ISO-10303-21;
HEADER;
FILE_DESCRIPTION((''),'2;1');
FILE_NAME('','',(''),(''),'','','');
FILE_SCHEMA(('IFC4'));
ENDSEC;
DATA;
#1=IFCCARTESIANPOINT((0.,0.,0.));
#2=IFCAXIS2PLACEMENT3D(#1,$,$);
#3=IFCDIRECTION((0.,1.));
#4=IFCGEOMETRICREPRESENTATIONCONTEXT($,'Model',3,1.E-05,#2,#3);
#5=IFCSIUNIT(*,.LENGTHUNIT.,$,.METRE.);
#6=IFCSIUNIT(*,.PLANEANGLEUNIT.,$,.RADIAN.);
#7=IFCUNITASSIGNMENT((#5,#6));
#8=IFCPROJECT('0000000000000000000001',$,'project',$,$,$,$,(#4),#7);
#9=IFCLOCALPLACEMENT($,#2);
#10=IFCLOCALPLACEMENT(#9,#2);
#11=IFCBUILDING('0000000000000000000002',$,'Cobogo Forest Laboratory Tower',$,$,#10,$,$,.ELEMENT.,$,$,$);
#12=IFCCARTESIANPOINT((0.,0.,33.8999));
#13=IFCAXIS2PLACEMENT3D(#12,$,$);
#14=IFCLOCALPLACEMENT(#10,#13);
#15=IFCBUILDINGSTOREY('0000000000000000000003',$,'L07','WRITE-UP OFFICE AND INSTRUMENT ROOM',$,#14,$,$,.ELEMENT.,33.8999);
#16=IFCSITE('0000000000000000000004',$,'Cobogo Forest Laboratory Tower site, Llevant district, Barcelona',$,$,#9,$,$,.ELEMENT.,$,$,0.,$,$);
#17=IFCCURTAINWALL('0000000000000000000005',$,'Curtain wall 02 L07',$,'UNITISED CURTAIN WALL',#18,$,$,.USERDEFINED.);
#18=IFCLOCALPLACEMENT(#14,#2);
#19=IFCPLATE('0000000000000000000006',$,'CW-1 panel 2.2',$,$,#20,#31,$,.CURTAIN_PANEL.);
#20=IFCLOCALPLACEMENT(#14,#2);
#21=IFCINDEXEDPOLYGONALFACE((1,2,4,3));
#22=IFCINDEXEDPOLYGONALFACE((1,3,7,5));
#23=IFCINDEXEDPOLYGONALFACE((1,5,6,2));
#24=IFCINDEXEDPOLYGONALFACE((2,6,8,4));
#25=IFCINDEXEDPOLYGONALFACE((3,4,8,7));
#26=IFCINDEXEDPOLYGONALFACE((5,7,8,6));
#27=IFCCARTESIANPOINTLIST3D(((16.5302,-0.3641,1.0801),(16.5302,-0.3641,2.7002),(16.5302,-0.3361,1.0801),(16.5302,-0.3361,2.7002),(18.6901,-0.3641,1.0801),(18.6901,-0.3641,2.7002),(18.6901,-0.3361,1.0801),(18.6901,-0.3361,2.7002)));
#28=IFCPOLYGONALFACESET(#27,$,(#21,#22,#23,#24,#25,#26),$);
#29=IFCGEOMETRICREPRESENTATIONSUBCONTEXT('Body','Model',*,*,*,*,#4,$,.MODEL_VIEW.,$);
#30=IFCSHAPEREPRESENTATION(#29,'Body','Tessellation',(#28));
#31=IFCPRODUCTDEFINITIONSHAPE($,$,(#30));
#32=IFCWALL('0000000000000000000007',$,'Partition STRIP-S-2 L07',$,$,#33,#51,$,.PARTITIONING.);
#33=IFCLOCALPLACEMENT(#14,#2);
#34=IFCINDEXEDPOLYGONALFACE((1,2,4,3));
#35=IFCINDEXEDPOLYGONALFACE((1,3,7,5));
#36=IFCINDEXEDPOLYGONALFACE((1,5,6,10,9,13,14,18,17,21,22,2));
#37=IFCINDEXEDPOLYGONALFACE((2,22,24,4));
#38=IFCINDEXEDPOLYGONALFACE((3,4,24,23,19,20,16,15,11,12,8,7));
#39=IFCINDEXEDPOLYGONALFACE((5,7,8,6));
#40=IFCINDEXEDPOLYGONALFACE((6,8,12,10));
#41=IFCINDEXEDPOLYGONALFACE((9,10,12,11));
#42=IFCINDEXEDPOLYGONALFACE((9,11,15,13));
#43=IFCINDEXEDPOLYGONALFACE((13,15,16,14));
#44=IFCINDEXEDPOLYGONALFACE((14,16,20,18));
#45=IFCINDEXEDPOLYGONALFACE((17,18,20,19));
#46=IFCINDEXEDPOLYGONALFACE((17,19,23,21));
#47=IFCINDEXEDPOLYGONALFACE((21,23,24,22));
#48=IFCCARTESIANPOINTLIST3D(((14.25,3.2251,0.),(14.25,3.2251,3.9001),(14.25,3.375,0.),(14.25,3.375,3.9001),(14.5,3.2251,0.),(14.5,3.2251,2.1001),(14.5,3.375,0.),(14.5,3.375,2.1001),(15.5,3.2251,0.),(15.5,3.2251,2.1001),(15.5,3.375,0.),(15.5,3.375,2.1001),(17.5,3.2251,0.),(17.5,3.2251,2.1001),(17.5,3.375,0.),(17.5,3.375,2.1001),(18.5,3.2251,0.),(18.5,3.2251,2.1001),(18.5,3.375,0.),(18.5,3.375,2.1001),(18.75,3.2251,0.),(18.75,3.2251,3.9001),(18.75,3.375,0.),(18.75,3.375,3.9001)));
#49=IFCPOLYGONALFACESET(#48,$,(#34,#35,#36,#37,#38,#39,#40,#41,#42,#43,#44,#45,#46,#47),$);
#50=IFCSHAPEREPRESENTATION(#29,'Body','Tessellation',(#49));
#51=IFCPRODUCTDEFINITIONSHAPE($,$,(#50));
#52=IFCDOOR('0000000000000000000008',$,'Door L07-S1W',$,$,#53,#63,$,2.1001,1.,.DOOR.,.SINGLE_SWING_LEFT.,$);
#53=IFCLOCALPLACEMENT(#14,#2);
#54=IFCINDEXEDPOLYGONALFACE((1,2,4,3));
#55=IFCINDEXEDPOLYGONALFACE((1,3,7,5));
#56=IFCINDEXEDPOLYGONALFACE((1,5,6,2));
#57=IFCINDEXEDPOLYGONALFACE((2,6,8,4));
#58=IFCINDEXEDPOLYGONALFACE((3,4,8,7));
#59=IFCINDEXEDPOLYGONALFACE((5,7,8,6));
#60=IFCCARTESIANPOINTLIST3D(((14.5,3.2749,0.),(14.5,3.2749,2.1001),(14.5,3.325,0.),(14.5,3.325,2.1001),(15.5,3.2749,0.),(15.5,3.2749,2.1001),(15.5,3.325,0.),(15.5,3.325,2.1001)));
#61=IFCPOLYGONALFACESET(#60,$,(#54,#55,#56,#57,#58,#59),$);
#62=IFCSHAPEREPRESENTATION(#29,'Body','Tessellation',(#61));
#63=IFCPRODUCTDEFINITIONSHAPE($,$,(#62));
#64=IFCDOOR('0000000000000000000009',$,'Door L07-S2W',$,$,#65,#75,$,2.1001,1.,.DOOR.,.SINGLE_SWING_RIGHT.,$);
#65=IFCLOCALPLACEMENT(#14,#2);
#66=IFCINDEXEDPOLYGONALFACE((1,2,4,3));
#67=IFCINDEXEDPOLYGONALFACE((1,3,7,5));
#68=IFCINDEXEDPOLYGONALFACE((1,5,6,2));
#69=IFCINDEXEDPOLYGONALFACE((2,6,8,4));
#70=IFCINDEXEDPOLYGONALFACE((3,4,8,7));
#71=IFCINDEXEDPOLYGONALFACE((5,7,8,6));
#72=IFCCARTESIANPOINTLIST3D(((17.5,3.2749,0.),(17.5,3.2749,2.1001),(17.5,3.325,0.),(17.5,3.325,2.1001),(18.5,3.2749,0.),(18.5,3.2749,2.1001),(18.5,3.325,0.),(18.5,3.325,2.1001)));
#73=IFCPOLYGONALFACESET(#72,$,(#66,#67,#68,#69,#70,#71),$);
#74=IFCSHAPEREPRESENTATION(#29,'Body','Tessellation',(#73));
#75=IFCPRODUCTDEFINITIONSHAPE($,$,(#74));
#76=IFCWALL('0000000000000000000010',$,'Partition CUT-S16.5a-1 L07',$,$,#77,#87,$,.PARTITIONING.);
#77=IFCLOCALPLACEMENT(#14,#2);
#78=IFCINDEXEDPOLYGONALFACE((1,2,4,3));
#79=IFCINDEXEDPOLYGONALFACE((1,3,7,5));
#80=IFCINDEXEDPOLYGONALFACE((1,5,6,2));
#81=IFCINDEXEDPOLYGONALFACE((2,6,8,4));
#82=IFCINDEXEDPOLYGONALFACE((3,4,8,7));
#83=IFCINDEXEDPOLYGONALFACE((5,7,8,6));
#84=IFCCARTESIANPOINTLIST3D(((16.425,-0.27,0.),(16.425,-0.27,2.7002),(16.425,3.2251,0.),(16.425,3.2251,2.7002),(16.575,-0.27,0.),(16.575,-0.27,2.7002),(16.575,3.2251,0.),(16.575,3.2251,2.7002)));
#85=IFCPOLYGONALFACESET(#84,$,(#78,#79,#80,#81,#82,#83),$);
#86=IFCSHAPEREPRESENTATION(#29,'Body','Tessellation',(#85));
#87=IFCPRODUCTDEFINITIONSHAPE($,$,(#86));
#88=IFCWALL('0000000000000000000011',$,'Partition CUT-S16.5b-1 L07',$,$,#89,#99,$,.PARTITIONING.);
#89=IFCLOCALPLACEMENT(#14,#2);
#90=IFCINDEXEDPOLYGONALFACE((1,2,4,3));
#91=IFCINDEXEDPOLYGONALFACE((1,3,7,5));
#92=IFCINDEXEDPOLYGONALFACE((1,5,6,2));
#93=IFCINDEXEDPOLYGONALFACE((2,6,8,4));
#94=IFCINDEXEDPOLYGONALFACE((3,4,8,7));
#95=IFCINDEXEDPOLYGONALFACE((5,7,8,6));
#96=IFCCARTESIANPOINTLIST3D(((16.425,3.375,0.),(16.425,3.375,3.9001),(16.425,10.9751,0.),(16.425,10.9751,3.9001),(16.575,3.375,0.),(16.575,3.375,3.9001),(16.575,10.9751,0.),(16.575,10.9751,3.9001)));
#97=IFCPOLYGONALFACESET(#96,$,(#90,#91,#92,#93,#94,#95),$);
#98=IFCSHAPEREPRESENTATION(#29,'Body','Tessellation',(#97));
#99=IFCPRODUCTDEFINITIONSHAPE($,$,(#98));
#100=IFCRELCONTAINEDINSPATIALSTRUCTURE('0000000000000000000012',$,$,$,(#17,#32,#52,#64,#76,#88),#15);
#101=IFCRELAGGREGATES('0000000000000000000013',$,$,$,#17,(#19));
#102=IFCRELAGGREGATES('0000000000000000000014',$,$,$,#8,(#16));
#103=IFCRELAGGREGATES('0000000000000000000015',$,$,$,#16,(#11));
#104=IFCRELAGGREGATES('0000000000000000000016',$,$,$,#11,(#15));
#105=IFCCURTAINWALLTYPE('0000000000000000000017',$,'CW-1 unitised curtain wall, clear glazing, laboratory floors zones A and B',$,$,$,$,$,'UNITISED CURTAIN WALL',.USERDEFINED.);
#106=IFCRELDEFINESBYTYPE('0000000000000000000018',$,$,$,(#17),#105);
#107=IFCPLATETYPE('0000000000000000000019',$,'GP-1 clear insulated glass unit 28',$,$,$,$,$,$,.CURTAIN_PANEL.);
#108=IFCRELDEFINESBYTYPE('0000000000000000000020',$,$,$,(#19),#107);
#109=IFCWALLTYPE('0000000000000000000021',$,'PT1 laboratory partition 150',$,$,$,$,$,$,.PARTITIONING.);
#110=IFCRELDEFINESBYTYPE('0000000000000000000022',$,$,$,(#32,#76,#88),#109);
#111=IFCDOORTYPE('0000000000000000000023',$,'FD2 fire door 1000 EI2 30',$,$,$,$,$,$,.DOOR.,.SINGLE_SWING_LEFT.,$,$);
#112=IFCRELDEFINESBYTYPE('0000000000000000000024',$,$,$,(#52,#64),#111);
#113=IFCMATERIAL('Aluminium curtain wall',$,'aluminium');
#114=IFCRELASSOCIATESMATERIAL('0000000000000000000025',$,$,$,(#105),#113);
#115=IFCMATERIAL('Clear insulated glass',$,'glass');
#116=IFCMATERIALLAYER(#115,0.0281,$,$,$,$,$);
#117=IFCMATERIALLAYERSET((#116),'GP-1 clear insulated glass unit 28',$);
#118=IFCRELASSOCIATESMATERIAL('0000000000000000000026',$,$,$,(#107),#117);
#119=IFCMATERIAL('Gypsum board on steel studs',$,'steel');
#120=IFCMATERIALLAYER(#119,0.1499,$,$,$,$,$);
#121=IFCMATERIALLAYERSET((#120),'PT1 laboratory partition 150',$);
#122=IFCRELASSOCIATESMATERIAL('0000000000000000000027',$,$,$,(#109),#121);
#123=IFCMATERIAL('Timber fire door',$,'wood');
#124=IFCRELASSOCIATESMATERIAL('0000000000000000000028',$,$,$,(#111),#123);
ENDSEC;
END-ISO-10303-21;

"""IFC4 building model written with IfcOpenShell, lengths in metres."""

from ifc_helpers import new_model, si_unit, direction, frame, frame_2d, origin, origin_2d, place, context, subcontext, project, spatial, rectangle, extrude, material, layer, layer_set, type_object, element, fill, aggregate, save


model = new_model("IFC4")

# Units and contexts
model_context = context("Model", 3, precision=1e-05, world=origin(), true_north=direction((0.0, 1.0)))
body_context = subcontext(model_context, "Body", "Model", "MODEL_VIEW")
ifc_project = project(units=[si_unit("LENGTHUNIT", "METRE"), si_unit("PLANEANGLEUNIT", "RADIAN")], contexts=[model_context])

# Site, building, storey
site_placement = place(None, origin())
site = spatial("IfcSite", under=ifc_project, at=site_placement, Name="Cobogo Forest Laboratory Tower site, Llevant district, Barcelona", CompositionType="ELEMENT", RefElevation=0.0)
building_placement = place(site_placement, origin())
building = spatial("IfcBuilding", under=site, at=building_placement, Name="Cobogo Forest Laboratory Tower", CompositionType="ELEMENT")
storey_placement = place(building_placement, frame((0.0, 0.0, 33.8999)))
storey = spatial("IfcBuildingStorey", under=building, at=storey_placement, Name="L07", Description="WRITE-UP OFFICE AND INSTRUMENT ROOM", CompositionType="ELEMENT", Elevation=33.8999)

# Curtain wall
ifc_material_1 = material(Name="Aluminium curtain wall", Category="aluminium")
curtain_wall_type = type_object("IfcCurtainWallType", Name="CW-1 unitised curtain wall, clear glazing, laboratory floors zones A and B", ElementType="UNITISED CURTAIN WALL", PredefinedType="USERDEFINED", material=ifc_material_1)
curtain_wall_placement = place(storey_placement, origin())
curtain_wall = element("IfcCurtainWall", 1, at=curtain_wall_placement, inside=storey, type_object=curtain_wall_type, Name="Curtain wall 02 L07", ObjectType="UNITISED CURTAIN WALL", PredefinedType="USERDEFINED")

# Plate
ifc_material_2 = material(Name="Clear insulated glass", Category="glass")
ifc_layer_1 = layer(ifc_material_2, 0.0281)
ifc_layer_set_1 = layer_set([ifc_layer_1], Name="GP-1 clear insulated glass unit 28")
plate_type_1 = type_object("IfcPlateType", Name="GP-1 clear insulated glass unit 28", PredefinedType="CURTAIN_PANEL", material=ifc_layer_set_1)
plate_1_placement = place(storey_placement, frame((17.6101, -0.3501, 1.0801), z_axis=(0.0, 0.0, 1.0), x_axis=(1.0, 0.0, 0.0)))
plate_1 = element("IfcPlate", 2, at=plate_1_placement, type_object=plate_type_1, Name="CW-1 panel 2.2", PredefinedType="CURTAIN_PANEL", context=body_context, shape_type="SweptSolid", body=[
    extrude(rectangle(XDim=2.1599, YDim=0.0281, at=origin_2d()), origin(), (0.0, 0.0, 1.0), 1.6201),
])
aggregate(curtain_wall, [plate_1])

# Wall, openings, doors
ifc_material_3 = material(Name="Gypsum board on steel studs", Category="steel")
ifc_layer_2 = layer(ifc_material_3, 0.1499)
ifc_layer_set_2 = layer_set([ifc_layer_2], Name="PT1 laboratory partition 150")
wall_type = type_object("IfcWallType", Name="PT1 laboratory partition 150", PredefinedType="PARTITIONING", material=ifc_layer_set_2)
wall_1_placement = place(storey_placement, frame((14.25, 3.3, 0.0), z_axis=(0.0, 0.0, 1.0), x_axis=(1.0, 0.0, 0.0)))
wall_1 = element("IfcWall", 3, at=wall_1_placement, inside=storey, type_object=wall_type, Name="Partition STRIP-S-2 L07", PredefinedType="PARTITIONING", context=body_context, shape_type="SweptSolid", body=[
    extrude(rectangle(XDim=4.5, YDim=0.1499, at=frame_2d((2.25, 0.0))), origin(), (0.0, 0.0, 1.0), 3.9001),
])
opening_1_placement = place(wall_1_placement, frame((0.25, 0.0, 0.0)))
opening_1 = element("IfcOpeningElement", 4, at=opening_1_placement, cuts=wall_1, PredefinedType="OPENING", context=body_context, shape_type="SweptSolid", body=[
    extrude(rectangle(XDim=1.0, YDim=2.1001, at=frame_2d((0.5, 1.05))), frame((0.0, 0.085, 0.0), z_axis=(0.0, -1.0, 0.0), x_axis=(1.0, 0.0, 0.0)), (0.0, 0.0, 1.0), 0.1699),
])
opening_2_placement = place(wall_1_placement, frame((3.25, 0.0, 0.0)))
opening_2 = element("IfcOpeningElement", 5, at=opening_2_placement, cuts=wall_1, PredefinedType="OPENING", context=body_context, shape_type="SweptSolid", body=[
    extrude(rectangle(XDim=1.0, YDim=2.1001, at=frame_2d((0.5, 1.05))), frame((0.0, 0.085, 0.0), z_axis=(0.0, -1.0, 0.0), x_axis=(1.0, 0.0, 0.0)), (0.0, 0.0, 1.0), 0.1699),
])
ifc_material_4 = material(Name="Timber fire door", Category="wood")
door_type = type_object("IfcDoorType", Name="FD2 fire door 1000 EI2 30", OperationType="SINGLE_SWING_LEFT", PredefinedType="DOOR", material=ifc_material_4)
door_1_placement = place(opening_1_placement, origin())
door_1 = element("IfcDoor", 6, at=door_1_placement, inside=storey, type_object=door_type, Name="Door L07-S1W", OperationType="SINGLE_SWING_LEFT", OverallHeight=2.1001, OverallWidth=1.0, PredefinedType="DOOR", context=body_context, shape_type="SweptSolid", body=[
    extrude(rectangle(XDim=1.0, YDim=2.1001, at=frame_2d((0.5, 1.05))), frame((0.0, 0.0249, 0.0), z_axis=(0.0, -1.0, 0.0), x_axis=(1.0, 0.0, 0.0)), (0.0, 0.0, 1.0), 0.05),
])
fill(opening_1, door_1)
door_2_placement = place(opening_2_placement, origin())
door_2 = element("IfcDoor", 7, at=door_2_placement, inside=storey, type_object=door_type, Name="Door L07-S2W", OperationType="SINGLE_SWING_RIGHT", OverallHeight=2.1001, OverallWidth=1.0, PredefinedType="DOOR", context=body_context, shape_type="SweptSolid", body=[
    extrude(rectangle(XDim=1.0, YDim=2.1001, at=frame_2d((0.5, 1.05))), frame((0.0, 0.0249, 0.0), z_axis=(0.0, -1.0, 0.0), x_axis=(1.0, 0.0, 0.0)), (0.0, 0.0, 1.0), 0.05),
])
fill(opening_2, door_2)

# Walls
wall_2_placement = place(storey_placement, frame((16.5, -0.27, 0.0), z_axis=(0.0, 0.0, 1.0), x_axis=(0.0, 1.0, 0.0)))
element("IfcWall", 8, at=wall_2_placement, inside=storey, type_object=wall_type, Name="Partition CUT-S16.5a-1 L07", PredefinedType="PARTITIONING", context=body_context, shape_type="SweptSolid", body=[
    extrude(rectangle(XDim=3.4951, YDim=0.1499, at=frame_2d((1.7476, 0.0))), origin(), (0.0, 0.0, 1.0), 2.7002),
])
wall_3_placement = place(storey_placement, frame((16.5, 3.375, 0.0), z_axis=(0.0, 0.0, 1.0), x_axis=(0.0, 1.0, 0.0)))
element("IfcWall", 9, at=wall_3_placement, inside=storey, type_object=wall_type, Name="Partition CUT-S16.5b-1 L07", PredefinedType="PARTITIONING", context=body_context, shape_type="SweptSolid", body=[
    extrude(rectangle(XDim=7.6001, YDim=0.1499, at=frame_2d((3.8, 0.0))), origin(), (0.0, 0.0, 1.0), 3.9001),
])

save(model, "model.ifc")
